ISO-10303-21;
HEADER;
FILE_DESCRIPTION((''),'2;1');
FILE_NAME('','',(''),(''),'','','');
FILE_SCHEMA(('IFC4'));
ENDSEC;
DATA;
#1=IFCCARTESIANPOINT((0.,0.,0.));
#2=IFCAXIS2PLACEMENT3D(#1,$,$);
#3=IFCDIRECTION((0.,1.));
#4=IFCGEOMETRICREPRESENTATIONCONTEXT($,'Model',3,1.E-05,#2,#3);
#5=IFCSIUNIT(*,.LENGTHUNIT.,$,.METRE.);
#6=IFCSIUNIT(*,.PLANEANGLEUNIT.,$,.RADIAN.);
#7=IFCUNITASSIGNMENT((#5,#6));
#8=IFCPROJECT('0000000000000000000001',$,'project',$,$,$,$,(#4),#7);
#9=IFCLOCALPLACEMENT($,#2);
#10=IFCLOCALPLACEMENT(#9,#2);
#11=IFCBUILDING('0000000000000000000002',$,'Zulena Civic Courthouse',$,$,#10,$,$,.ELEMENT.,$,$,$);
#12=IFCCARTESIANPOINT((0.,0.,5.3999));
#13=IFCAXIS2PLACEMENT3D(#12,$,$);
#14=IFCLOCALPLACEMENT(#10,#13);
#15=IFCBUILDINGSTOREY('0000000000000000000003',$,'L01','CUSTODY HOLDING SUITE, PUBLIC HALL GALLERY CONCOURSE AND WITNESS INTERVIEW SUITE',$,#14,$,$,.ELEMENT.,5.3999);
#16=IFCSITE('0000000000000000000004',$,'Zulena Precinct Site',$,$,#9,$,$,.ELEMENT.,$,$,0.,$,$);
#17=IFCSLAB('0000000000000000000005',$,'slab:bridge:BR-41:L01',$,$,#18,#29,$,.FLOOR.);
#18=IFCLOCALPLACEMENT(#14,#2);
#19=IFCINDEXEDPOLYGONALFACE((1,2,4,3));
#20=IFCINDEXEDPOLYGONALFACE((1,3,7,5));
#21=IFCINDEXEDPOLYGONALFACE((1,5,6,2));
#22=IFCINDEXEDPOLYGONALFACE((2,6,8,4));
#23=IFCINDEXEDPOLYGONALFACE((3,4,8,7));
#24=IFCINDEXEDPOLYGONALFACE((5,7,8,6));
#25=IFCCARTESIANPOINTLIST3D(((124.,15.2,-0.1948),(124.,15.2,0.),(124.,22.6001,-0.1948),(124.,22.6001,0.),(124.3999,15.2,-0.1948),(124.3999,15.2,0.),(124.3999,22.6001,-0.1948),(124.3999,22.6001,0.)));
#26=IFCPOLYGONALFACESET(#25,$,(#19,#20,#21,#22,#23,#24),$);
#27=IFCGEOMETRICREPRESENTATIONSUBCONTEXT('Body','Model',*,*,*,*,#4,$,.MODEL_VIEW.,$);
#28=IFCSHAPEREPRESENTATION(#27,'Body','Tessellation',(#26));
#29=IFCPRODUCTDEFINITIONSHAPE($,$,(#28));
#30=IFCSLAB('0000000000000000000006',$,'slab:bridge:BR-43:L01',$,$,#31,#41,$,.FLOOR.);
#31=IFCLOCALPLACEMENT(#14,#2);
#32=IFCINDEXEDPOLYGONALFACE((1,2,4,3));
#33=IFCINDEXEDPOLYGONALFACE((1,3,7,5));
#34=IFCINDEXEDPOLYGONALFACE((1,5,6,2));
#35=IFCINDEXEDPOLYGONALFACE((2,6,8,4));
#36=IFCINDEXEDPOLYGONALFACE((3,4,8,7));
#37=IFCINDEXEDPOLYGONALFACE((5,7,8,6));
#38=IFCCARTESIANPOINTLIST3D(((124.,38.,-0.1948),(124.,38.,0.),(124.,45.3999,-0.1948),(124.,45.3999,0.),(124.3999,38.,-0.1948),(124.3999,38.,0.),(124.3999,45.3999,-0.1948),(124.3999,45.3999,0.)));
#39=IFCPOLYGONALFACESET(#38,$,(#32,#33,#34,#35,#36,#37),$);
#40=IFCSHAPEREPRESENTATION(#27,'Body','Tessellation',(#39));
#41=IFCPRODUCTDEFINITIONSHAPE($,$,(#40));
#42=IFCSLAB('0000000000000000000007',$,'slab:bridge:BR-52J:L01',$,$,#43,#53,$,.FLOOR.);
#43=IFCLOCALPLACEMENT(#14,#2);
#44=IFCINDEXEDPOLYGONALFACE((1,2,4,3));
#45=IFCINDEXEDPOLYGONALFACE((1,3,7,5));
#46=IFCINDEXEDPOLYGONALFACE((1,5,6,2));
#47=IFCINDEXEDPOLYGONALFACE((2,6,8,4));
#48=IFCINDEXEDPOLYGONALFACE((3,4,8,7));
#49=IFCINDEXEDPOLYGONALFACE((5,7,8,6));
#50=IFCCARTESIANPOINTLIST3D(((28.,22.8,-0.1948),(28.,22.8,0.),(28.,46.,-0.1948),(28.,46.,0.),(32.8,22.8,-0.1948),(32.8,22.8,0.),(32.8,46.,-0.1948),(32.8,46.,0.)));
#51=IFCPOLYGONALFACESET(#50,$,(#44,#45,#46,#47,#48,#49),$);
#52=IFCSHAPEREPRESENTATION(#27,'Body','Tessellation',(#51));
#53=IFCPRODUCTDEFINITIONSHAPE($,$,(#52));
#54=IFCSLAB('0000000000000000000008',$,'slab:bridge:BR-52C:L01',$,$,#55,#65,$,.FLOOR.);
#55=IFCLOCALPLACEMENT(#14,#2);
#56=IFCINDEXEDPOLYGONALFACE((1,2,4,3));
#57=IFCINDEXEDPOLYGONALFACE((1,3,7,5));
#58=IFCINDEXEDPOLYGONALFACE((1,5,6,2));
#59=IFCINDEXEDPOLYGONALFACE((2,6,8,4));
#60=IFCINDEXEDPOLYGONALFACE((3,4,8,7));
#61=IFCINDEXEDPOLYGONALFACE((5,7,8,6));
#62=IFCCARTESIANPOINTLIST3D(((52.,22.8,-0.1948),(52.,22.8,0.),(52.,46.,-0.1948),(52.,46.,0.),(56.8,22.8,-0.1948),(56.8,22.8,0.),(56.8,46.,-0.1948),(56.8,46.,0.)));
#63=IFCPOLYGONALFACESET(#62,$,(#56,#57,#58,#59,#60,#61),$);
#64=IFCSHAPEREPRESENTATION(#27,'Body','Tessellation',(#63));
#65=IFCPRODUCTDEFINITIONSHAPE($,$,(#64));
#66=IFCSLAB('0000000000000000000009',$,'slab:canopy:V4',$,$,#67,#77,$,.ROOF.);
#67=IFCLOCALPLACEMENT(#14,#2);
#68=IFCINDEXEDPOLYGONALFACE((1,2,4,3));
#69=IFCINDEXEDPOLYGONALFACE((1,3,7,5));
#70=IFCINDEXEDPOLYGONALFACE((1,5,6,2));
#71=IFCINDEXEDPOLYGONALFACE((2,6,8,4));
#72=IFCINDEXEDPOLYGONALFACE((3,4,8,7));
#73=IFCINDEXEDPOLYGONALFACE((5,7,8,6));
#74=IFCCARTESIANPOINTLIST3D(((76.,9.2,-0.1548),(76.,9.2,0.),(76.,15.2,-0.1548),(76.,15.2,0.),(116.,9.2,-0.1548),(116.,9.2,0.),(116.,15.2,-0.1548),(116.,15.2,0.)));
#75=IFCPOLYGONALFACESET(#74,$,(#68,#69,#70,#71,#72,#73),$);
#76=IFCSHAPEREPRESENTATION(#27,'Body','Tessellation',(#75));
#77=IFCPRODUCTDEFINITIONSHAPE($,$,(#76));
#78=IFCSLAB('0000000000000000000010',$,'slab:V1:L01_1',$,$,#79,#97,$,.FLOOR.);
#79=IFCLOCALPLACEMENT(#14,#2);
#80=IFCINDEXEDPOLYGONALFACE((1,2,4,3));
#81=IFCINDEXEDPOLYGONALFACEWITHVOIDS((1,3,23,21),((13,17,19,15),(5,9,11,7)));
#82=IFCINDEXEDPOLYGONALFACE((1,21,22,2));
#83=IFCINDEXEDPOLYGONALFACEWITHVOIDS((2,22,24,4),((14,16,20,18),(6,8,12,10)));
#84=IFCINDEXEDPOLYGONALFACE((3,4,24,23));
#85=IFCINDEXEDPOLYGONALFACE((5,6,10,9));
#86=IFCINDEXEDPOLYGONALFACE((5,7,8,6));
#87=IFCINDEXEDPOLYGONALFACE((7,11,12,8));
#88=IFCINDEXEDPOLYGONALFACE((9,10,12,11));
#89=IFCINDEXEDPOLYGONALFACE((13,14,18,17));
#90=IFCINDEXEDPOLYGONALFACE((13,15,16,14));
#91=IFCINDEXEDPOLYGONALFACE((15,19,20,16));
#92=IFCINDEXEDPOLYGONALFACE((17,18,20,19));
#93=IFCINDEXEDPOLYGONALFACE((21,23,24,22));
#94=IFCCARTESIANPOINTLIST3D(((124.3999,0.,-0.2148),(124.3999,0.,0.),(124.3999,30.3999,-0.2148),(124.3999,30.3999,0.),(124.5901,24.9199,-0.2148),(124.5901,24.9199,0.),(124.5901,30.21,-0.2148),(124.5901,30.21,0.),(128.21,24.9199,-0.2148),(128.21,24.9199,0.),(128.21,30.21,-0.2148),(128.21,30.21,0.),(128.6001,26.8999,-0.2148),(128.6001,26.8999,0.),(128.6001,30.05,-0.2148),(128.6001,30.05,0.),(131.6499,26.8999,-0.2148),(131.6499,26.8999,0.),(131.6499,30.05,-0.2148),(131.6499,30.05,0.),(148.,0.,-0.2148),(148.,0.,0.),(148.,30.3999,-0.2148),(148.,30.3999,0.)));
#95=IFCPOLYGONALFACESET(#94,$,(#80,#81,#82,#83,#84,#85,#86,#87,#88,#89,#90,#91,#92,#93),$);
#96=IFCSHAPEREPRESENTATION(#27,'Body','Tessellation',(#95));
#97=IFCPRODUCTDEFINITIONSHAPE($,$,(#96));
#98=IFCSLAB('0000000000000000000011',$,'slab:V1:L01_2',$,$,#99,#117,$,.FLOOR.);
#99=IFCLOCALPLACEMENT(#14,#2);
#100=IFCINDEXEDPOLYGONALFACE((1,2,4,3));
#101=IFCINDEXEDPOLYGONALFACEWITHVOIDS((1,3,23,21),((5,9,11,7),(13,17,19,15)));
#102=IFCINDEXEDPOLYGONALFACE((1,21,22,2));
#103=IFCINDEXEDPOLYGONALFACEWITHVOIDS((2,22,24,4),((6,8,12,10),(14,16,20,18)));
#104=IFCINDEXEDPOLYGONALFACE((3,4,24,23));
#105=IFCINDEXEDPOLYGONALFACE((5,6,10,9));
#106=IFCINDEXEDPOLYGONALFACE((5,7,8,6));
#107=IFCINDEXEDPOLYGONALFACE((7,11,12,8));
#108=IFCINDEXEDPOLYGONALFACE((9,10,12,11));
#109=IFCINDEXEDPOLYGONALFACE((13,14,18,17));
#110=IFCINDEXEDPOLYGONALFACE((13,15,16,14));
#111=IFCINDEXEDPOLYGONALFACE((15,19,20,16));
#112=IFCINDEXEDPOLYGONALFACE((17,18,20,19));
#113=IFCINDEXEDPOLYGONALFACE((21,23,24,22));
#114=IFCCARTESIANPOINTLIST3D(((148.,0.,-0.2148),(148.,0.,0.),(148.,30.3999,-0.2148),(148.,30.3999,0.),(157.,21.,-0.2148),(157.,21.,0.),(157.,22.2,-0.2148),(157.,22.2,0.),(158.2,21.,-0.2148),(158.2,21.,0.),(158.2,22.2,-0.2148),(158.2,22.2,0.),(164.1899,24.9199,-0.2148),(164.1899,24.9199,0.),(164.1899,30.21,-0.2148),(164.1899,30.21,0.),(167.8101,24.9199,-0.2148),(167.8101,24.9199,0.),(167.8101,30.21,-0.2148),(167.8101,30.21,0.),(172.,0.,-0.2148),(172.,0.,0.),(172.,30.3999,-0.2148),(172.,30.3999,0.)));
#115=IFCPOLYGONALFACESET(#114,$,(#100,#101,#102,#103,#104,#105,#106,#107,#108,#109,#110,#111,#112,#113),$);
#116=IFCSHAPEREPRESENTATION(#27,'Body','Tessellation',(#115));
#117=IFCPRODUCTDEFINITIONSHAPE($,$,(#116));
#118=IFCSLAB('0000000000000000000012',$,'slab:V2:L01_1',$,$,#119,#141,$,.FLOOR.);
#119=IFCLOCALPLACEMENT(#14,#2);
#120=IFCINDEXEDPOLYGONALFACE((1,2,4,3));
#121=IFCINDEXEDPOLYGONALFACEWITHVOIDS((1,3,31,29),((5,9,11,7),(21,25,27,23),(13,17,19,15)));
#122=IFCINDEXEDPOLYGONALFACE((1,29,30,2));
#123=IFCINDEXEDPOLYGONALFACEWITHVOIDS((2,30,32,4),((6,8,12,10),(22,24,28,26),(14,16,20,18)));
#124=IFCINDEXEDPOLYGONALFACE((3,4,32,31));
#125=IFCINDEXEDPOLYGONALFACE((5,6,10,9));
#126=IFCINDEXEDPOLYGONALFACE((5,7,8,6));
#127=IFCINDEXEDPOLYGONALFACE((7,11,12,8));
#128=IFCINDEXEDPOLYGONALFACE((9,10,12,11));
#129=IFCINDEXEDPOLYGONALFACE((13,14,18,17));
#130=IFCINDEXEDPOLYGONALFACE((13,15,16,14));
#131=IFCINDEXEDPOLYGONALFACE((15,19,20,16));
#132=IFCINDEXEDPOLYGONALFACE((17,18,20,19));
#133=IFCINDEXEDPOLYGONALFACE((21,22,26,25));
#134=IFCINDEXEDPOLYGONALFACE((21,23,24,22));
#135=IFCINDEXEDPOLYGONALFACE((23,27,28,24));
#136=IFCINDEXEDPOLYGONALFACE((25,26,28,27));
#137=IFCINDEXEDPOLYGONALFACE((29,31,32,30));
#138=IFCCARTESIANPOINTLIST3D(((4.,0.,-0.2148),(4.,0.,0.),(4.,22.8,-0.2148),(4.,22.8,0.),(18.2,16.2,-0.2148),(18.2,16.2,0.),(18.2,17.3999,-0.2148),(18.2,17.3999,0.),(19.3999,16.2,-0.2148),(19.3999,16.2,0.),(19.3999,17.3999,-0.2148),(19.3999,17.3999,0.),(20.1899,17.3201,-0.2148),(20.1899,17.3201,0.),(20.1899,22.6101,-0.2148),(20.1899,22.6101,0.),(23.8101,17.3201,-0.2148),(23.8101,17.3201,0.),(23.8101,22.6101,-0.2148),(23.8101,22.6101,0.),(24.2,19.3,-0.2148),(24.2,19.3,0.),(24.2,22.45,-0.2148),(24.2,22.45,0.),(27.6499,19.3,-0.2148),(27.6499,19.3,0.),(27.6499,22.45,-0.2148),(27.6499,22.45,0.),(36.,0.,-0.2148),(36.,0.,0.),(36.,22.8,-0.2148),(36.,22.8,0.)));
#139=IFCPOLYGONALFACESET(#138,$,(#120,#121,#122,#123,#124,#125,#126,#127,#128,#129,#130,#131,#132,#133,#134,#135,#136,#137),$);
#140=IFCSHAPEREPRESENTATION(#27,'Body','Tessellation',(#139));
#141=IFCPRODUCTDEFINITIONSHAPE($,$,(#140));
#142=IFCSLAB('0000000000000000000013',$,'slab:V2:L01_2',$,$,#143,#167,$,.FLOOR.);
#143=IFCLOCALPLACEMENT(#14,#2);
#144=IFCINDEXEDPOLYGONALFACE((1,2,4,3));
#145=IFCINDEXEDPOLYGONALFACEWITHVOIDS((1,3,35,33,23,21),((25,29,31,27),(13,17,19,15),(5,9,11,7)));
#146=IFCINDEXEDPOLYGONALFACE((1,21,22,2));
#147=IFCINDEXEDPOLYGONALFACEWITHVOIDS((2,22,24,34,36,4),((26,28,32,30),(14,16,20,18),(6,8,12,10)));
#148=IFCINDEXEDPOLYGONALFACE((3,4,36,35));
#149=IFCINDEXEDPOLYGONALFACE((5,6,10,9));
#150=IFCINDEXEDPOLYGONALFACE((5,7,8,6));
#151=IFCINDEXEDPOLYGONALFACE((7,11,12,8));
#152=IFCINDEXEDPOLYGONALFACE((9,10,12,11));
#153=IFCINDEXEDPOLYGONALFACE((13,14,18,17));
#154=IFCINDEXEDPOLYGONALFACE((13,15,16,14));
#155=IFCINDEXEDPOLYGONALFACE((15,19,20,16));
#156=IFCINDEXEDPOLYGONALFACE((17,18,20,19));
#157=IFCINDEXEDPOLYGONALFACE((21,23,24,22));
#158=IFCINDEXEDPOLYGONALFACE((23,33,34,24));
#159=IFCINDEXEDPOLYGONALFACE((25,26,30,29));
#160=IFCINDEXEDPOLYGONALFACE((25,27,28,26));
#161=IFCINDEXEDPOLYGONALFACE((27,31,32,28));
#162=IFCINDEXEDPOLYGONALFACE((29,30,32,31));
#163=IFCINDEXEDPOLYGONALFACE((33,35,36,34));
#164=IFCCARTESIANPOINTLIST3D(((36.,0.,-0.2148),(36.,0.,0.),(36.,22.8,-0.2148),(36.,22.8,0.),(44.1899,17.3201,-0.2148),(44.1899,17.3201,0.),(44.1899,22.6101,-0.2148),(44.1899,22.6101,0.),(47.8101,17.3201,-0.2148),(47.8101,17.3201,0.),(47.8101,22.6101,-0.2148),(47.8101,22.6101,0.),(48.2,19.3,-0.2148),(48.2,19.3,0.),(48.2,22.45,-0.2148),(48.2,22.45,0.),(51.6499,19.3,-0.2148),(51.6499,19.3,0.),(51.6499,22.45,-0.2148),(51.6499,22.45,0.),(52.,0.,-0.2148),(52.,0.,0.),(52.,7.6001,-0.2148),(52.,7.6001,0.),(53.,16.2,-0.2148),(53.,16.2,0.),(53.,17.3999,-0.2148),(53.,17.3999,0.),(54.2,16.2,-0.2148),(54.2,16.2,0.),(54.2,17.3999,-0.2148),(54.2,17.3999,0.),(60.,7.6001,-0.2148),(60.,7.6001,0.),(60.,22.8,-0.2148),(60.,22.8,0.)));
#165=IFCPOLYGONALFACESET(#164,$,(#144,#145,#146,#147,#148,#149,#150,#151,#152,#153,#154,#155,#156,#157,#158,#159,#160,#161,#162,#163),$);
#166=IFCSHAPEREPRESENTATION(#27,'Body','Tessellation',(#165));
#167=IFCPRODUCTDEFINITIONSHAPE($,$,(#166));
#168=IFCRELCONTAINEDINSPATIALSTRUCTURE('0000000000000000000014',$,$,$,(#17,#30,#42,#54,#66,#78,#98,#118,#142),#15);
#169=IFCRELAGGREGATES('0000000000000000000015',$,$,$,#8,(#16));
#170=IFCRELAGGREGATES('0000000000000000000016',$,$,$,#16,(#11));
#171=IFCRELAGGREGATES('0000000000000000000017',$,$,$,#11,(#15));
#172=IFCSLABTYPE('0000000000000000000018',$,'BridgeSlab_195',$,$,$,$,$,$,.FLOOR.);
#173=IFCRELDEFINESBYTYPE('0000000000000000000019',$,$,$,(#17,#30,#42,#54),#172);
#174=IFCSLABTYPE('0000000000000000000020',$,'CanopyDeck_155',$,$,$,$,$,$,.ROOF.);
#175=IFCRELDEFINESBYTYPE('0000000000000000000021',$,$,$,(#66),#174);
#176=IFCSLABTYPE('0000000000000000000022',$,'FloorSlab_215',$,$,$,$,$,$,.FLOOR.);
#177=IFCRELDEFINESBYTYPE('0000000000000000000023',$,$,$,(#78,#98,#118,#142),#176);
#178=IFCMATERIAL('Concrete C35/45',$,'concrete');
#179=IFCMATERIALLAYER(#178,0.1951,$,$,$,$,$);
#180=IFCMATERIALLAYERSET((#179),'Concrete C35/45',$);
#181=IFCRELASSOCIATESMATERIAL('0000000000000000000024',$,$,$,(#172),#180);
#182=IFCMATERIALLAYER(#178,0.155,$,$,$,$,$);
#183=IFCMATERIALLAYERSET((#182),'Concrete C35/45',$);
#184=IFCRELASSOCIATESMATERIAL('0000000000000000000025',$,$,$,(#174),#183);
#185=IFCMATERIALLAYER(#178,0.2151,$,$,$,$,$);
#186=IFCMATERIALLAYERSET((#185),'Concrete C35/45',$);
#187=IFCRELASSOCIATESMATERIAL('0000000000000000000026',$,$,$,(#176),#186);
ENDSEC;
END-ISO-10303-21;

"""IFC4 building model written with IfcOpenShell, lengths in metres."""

from ifc_helpers import new_model, si_unit, direction, frame, origin, place, context, subcontext, project, spatial, polyline, outline, extrude, material, layer, layer_set, type_object, element, save


model = new_model("IFC4")

# Units and contexts
model_context = context("Model", 3, precision=1e-05, world=origin(), true_north=direction((0.0, 1.0)))
body_context = subcontext(model_context, "Body", "Model", "MODEL_VIEW")
ifc_project = project(units=[si_unit("LENGTHUNIT", "METRE"), si_unit("PLANEANGLEUNIT", "RADIAN")], contexts=[model_context])

# Site, building, storey
site_placement = place(None, origin())
site = spatial("IfcSite", under=ifc_project, at=site_placement, Name="Zulena Precinct Site", CompositionType="ELEMENT", RefElevation=0.0)
building_placement = place(site_placement, origin())
building = spatial("IfcBuilding", under=site, at=building_placement, Name="Zulena Civic Courthouse", CompositionType="ELEMENT")
storey_placement = place(building_placement, frame((0.0, 0.0, 5.3999)))
storey = spatial("IfcBuildingStorey", under=building, at=storey_placement, Name="L01", Description="CUSTODY HOLDING SUITE, PUBLIC HALL GALLERY CONCOURSE AND WITNESS INTERVIEW SUITE", CompositionType="ELEMENT", Elevation=5.3999)

# Slabs
ifc_material_1 = material(Name="Concrete C35/45", Category="concrete")
ifc_layer_1 = layer(ifc_material_1, 0.1951)
ifc_layer_set_1 = layer_set([ifc_layer_1], Name="Concrete C35/45")
slab_type_1 = type_object("IfcSlabType", Name="BridgeSlab_195", PredefinedType="FLOOR", material=ifc_layer_set_1)
slab_1_placement = place(storey_placement, frame((0.0, 0.0, -0.1948)))
element("IfcSlab", 1, at=slab_1_placement, inside=storey, type_object=slab_type_1, Name="slab:bridge:BR-41:L01", PredefinedType="FLOOR", context=body_context, shape_type="SweptSolid", body=[
    extrude(outline(polyline([(124.0, 15.2), (124.3999, 15.2), (124.3999, 22.6001), (124.0, 22.6001), (124.0, 15.2)])), origin(), (0.0, 0.0, 1.0), 0.1948),
])
slab_2_placement = place(storey_placement, frame((0.0, 0.0, -0.1948)))
element("IfcSlab", 2, at=slab_2_placement, inside=storey, type_object=slab_type_1, Name="slab:bridge:BR-43:L01", PredefinedType="FLOOR", context=body_context, shape_type="SweptSolid", body=[
    extrude(outline(polyline([(124.0, 38.0), (124.3999, 38.0), (124.3999, 45.3999), (124.0, 45.3999), (124.0, 38.0)])), origin(), (0.0, 0.0, 1.0), 0.1948),
])
slab_3_placement = place(storey_placement, frame((0.0, 0.0, -0.1948)))
element("IfcSlab", 3, at=slab_3_placement, inside=storey, type_object=slab_type_1, Name="slab:bridge:BR-52J:L01", PredefinedType="FLOOR", context=body_context, shape_type="SweptSolid", body=[
    extrude(outline(polyline([(28.0, 22.8), (32.8, 22.8), (32.8, 46.0), (28.0, 46.0), (28.0, 22.8)])), origin(), (0.0, 0.0, 1.0), 0.1948),
])
slab_4_placement = place(storey_placement, frame((0.0, 0.0, -0.1948)))
element("IfcSlab", 4, at=slab_4_placement, inside=storey, type_object=slab_type_1, Name="slab:bridge:BR-52C:L01", PredefinedType="FLOOR", context=body_context, shape_type="SweptSolid", body=[
    extrude(outline(polyline([(52.0, 22.8), (56.8, 22.8), (56.8, 46.0), (52.0, 46.0), (52.0, 22.8)])), origin(), (0.0, 0.0, 1.0), 0.1948),
])
ifc_layer_2 = layer(ifc_material_1, 0.155)
ifc_layer_set_2 = layer_set([ifc_layer_2], Name="Concrete C35/45")
slab_type_2 = type_object("IfcSlabType", Name="CanopyDeck_155", PredefinedType="ROOF", material=ifc_layer_set_2)
slab_5_placement = place(storey_placement, frame((0.0, 0.0, -0.1548)))
element("IfcSlab", 5, at=slab_5_placement, inside=storey, type_object=slab_type_2, Name="slab:canopy:V4", PredefinedType="ROOF", context=body_context, shape_type="SweptSolid", body=[
    extrude(outline(polyline([(76.0, 9.2), (116.0, 9.2), (116.0, 15.2), (76.0, 15.2), (76.0, 9.2)])), origin(), (0.0, 0.0, 1.0), 0.1548),
])
ifc_layer_3 = layer(ifc_material_1, 0.2151)
ifc_layer_set_3 = layer_set([ifc_layer_3], Name="Concrete C35/45")
slab_type_3 = type_object("IfcSlabType", Name="FloorSlab_215", PredefinedType="FLOOR", material=ifc_layer_set_3)
slab_6_placement = place(storey_placement, frame((0.0, 0.0, -0.2148)))
element("IfcSlab", 6, at=slab_6_placement, inside=storey, type_object=slab_type_3, Name="slab:V1:L01_1", PredefinedType="FLOOR", context=body_context, shape_type="SweptSolid", body=[
    extrude(outline(polyline([(124.3999, 30.3999), (148.0, 30.3999), (148.0, 0.0), (124.3999, 0.0), (124.3999, 30.3999)]), holes=[polyline([(128.21, 24.9199), (128.21, 30.21), (124.5901, 30.21), (124.5901, 24.9199), (128.21, 24.9199)]), polyline([(128.6001, 26.8999), (131.6499, 26.8999), (131.6499, 30.05), (128.6001, 30.05), (128.6001, 26.8999)])]), origin(), (0.0, 0.0, 1.0), 0.2148),
])
slab_7_placement = place(storey_placement, frame((0.0, 0.0, -0.2148)))
element("IfcSlab", 7, at=slab_7_placement, inside=storey, type_object=slab_type_3, Name="slab:V1:L01_2", PredefinedType="FLOOR", context=body_context, shape_type="SweptSolid", body=[
    extrude(outline(polyline([(172.0, 30.3999), (172.0, 0.0), (148.0, 0.0), (148.0, 30.3999), (172.0, 30.3999)]), holes=[polyline([(164.1899, 30.21), (164.1899, 24.9199), (167.8101, 24.9199), (167.8101, 30.21), (164.1899, 30.21)]), polyline([(158.2, 22.2), (157.0, 22.2), (157.0, 21.0), (158.2, 21.0), (158.2, 22.2)])]), origin(), (0.0, 0.0, 1.0), 0.2148),
])
slab_8_placement = place(storey_placement, frame((0.0, 0.0, -0.2148)))
element("IfcSlab", 8, at=slab_8_placement, inside=storey, type_object=slab_type_3, Name="slab:V2:L01_1", PredefinedType="FLOOR", context=body_context, shape_type="SweptSolid", body=[
    extrude(outline(polyline([(4.0, 22.8), (36.0, 22.8), (36.0, 0.0), (4.0, 0.0), (4.0, 22.8)]), holes=[polyline([(20.1899, 22.6101), (20.1899, 17.3201), (23.8101, 17.3201), (23.8101, 22.6101), (20.1899, 22.6101)]), polyline([(27.6499, 22.45), (24.2, 22.45), (24.2, 19.3), (27.6499, 19.3), (27.6499, 22.45)]), polyline([(18.2, 17.3999), (18.2, 16.2), (19.3999, 16.2), (19.3999, 17.3999), (18.2, 17.3999)])]), origin(), (0.0, 0.0, 1.0), 0.2148),
])
slab_9_placement = place(storey_placement, frame((0.0, 0.0, -0.2148)))
element("IfcSlab", 9, at=slab_9_placement, inside=storey, type_object=slab_type_3, Name="slab:V2:L01_2", PredefinedType="FLOOR", context=body_context, shape_type="SweptSolid", body=[
    extrude(outline(polyline([(60.0, 22.8), (60.0, 7.6001), (52.0, 7.6001), (52.0, 0.0), (36.0, 0.0), (36.0, 22.8), (60.0, 22.8)]), holes=[polyline([(47.8101, 17.3201), (47.8101, 22.6101), (44.1899, 22.6101), (44.1899, 17.3201), (47.8101, 17.3201)]), polyline([(48.2, 19.3), (51.6499, 19.3), (51.6499, 22.45), (48.2, 22.45), (48.2, 19.3)]), polyline([(54.2, 17.3999), (53.0, 17.3999), (53.0, 16.2), (54.2, 16.2), (54.2, 17.3999)])]), origin(), (0.0, 0.0, 1.0), 0.2148),
])

save(model, "model.ifc")
